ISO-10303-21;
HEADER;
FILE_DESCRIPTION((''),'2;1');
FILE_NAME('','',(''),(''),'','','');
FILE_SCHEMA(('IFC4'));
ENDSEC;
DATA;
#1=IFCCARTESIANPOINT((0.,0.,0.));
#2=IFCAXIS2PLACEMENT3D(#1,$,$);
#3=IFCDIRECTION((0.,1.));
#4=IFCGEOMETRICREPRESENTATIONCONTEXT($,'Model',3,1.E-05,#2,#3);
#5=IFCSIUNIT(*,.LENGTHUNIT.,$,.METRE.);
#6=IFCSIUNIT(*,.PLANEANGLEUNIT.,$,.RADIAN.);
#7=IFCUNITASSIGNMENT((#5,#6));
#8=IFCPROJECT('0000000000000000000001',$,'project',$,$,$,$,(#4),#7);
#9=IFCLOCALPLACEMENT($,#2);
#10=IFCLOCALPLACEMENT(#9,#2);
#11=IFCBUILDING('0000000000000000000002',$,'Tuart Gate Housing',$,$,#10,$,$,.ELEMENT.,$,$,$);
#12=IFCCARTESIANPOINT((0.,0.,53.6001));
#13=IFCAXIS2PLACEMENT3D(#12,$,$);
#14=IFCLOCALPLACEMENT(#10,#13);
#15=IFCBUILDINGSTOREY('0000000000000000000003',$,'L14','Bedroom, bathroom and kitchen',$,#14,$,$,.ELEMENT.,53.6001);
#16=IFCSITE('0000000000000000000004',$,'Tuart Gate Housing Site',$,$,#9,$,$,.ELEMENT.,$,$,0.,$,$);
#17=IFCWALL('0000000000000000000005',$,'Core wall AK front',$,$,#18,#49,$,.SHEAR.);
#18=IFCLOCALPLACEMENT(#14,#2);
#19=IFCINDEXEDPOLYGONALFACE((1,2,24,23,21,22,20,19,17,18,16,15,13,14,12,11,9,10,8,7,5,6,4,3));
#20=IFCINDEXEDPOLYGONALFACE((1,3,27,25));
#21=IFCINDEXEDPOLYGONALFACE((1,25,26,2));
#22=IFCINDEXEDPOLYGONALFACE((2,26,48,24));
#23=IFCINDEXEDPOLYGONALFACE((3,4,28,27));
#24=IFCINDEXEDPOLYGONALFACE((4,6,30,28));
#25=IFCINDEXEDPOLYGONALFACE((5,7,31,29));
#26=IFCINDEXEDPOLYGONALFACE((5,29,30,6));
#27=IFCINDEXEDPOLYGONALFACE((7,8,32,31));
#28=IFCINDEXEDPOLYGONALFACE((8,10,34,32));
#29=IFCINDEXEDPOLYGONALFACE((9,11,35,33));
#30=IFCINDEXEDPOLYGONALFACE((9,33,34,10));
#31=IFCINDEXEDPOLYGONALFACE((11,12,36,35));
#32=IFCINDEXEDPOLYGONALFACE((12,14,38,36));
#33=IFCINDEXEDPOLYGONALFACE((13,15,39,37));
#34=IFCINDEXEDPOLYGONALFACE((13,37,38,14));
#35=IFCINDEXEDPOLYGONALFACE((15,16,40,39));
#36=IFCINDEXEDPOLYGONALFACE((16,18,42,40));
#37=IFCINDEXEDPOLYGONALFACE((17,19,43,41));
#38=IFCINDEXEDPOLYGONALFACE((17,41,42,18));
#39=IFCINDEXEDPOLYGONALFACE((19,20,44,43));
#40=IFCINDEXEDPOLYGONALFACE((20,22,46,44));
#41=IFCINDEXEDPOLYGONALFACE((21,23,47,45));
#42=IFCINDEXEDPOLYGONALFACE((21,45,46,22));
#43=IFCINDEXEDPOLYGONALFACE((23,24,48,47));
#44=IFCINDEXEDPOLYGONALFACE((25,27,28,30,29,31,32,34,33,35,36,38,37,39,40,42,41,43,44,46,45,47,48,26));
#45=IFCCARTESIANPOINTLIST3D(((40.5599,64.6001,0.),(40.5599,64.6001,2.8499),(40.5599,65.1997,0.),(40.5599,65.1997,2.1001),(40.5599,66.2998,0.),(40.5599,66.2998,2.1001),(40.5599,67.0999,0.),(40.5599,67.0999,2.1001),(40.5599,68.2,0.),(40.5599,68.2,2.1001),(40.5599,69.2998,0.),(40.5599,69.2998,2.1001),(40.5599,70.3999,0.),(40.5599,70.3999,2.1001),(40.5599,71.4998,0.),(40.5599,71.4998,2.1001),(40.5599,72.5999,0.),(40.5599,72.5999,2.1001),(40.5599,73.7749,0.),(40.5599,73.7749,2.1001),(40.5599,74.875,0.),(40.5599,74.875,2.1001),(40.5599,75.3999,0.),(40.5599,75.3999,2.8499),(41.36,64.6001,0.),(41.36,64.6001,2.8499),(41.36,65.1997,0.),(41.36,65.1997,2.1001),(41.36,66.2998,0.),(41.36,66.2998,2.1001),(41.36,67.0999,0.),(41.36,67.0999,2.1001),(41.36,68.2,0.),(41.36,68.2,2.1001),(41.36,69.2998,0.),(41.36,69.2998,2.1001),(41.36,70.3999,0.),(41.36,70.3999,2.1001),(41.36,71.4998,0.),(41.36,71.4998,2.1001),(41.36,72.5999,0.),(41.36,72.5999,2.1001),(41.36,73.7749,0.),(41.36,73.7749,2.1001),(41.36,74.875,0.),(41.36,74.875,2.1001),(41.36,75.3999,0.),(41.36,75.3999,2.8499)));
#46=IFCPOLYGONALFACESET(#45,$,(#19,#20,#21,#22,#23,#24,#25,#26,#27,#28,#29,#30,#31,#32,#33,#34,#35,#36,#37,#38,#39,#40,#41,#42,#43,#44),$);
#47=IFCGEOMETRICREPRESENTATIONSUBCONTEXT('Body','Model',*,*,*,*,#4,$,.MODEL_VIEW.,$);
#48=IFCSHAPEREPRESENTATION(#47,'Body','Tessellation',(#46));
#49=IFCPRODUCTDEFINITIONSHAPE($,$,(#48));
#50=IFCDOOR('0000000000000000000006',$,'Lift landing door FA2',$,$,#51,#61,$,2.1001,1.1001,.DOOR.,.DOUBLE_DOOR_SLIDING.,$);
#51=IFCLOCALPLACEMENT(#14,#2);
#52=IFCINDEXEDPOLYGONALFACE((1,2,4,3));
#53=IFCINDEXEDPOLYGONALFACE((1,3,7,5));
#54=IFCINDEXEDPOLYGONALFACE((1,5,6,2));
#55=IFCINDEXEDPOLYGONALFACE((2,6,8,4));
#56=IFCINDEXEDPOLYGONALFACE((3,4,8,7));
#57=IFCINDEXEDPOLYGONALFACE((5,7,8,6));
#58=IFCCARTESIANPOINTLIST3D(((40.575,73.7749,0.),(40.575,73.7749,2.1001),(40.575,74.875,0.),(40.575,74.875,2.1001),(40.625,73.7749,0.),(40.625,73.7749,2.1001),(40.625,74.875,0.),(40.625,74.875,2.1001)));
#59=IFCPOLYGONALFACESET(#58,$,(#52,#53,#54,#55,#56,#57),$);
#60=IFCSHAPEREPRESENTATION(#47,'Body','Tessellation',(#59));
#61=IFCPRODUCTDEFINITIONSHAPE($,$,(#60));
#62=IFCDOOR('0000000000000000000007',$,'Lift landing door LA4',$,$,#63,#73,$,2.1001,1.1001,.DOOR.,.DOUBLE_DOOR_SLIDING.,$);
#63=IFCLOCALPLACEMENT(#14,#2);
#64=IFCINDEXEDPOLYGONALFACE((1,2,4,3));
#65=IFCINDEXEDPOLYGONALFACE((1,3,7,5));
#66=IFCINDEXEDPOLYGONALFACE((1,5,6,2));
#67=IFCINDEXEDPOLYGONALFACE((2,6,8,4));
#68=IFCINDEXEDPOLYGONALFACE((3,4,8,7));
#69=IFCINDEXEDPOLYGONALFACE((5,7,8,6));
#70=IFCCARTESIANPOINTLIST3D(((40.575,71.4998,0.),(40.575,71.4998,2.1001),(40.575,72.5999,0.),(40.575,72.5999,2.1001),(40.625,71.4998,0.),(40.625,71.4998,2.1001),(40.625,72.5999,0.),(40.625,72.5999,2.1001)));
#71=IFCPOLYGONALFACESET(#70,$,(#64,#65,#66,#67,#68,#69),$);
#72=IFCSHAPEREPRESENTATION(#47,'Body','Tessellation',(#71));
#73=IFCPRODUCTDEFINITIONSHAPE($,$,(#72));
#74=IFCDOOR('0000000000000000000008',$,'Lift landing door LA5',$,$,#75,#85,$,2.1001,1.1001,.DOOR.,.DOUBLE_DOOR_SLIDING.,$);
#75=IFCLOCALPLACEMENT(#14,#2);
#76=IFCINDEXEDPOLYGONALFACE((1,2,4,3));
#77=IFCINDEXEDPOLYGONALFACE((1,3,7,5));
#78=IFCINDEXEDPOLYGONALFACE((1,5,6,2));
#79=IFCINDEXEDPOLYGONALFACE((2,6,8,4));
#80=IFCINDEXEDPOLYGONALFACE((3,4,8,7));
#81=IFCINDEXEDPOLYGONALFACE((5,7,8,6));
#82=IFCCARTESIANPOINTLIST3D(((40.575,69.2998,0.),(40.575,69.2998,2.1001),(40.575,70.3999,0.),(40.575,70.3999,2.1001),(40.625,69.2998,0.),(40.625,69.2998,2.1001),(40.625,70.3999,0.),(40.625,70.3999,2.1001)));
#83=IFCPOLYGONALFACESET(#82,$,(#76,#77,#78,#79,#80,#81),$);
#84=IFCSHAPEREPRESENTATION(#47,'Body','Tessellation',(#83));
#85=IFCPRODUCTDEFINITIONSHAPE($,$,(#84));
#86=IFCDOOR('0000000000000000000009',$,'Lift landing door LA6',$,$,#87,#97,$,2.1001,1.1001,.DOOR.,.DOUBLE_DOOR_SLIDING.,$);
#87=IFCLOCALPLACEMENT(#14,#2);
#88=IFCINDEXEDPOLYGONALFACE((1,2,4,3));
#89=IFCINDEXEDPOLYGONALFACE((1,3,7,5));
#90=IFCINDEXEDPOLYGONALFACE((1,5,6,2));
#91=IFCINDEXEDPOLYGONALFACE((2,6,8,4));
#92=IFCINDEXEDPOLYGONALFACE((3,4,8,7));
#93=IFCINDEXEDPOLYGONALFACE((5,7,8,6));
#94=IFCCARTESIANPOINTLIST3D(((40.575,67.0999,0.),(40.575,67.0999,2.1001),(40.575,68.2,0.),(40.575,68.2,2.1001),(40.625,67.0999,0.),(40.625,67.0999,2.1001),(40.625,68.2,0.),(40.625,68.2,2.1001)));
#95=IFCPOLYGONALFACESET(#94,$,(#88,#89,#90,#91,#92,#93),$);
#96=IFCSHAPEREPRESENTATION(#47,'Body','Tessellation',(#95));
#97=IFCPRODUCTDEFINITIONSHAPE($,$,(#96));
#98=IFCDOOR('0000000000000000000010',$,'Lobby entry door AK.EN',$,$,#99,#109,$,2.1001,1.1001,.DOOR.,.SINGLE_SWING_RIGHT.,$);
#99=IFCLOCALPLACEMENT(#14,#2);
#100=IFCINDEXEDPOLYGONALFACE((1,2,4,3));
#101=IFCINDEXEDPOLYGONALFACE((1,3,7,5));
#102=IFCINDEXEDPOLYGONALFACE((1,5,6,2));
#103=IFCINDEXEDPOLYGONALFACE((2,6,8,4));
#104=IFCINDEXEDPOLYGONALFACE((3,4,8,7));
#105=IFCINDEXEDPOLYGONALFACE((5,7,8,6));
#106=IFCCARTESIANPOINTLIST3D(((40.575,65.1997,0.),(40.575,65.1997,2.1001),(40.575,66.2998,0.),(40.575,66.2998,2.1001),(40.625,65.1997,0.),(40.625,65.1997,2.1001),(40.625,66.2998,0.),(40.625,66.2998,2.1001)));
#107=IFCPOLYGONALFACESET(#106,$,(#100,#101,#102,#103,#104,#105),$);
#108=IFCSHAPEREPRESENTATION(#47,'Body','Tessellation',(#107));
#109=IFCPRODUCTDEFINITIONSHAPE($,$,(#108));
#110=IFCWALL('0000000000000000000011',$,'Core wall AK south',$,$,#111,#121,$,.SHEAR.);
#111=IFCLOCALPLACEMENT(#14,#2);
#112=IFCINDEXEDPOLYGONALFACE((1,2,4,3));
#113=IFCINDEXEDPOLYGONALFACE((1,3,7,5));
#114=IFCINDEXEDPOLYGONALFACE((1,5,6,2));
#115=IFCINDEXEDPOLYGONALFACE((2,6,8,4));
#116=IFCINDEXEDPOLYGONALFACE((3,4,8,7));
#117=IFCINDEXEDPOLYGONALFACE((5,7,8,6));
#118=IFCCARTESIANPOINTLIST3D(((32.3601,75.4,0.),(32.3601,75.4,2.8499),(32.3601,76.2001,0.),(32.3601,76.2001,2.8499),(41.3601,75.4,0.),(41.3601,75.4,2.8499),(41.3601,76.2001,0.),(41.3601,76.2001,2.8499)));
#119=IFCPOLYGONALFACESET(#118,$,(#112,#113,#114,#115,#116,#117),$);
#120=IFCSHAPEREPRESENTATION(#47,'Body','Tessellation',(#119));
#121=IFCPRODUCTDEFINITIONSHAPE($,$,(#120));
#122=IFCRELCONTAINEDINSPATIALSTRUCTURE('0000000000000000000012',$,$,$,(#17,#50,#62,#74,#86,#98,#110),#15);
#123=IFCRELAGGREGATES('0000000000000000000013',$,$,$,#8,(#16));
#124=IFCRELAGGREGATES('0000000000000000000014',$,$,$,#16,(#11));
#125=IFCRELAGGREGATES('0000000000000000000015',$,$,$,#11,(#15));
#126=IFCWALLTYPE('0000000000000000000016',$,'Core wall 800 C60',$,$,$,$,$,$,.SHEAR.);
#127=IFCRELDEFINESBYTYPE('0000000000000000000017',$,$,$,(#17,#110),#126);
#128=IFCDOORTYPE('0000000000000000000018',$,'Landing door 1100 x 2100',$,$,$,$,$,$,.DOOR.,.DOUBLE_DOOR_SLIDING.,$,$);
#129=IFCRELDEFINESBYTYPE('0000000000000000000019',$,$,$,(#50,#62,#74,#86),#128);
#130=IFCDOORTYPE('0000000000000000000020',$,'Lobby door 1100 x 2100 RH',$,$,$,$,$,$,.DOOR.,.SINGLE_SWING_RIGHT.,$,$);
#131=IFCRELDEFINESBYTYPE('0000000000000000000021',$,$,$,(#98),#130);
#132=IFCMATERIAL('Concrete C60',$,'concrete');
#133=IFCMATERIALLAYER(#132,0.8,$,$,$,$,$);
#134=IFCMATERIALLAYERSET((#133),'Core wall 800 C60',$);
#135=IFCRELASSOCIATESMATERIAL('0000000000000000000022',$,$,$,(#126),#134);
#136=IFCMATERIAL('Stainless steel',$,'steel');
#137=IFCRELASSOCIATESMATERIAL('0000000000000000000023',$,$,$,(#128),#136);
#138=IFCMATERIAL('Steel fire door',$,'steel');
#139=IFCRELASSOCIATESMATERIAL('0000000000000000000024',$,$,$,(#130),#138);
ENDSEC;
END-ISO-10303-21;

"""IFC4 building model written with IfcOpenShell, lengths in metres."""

from ifc_helpers import new_model, si_unit, direction, frame, frame_2d, origin, place, context, subcontext, project, spatial, rectangle, extrude, material, layer, layer_set, type_object, element, fill, save


model = new_model("IFC4")

# Units and contexts
model_context = context("Model", 3, precision=1e-05, world=origin(), true_north=direction((0.0, 1.0)))
body_context = subcontext(model_context, "Body", "Model", "MODEL_VIEW")
ifc_project = project(units=[si_unit("LENGTHUNIT", "METRE"), si_unit("PLANEANGLEUNIT", "RADIAN")], contexts=[model_context])

# Site, building, storey
site_placement = place(None, origin())
site = spatial("IfcSite", under=ifc_project, at=site_placement, Name="Tuart Gate Housing Site", CompositionType="ELEMENT", RefElevation=0.0)
building_placement = place(site_placement, origin())
building = spatial("IfcBuilding", under=site, at=building_placement, Name="Tuart Gate Housing", CompositionType="ELEMENT")
storey_placement = place(building_placement, frame((0.0, 0.0, 53.6001)))
storey = spatial("IfcBuildingStorey", under=building, at=storey_placement, Name="L14", Description="Bedroom, bathroom and kitchen", CompositionType="ELEMENT", Elevation=53.6001)

# Wall, openings, doors
ifc_material_1 = material(Name="Concrete C60", Category="concrete")
ifc_layer_1 = layer(ifc_material_1, 0.8)
ifc_layer_set_1 = layer_set([ifc_layer_1], Name="Core wall 800 C60")
wall_type_1 = type_object("IfcWallType", Name="Core wall 800 C60", PredefinedType="SHEAR", material=ifc_layer_set_1)
wall_1_placement = place(storey_placement, frame((40.96, 75.3999, 0.0), z_axis=(0.0, 0.0, 1.0), x_axis=(0.0, -1.0, 0.0)))
wall_1 = element("IfcWall", 1, at=wall_1_placement, inside=storey, type_object=wall_type_1, Name="Core wall AK front", PredefinedType="SHEAR", context=body_context, shape_type="SweptSolid", body=[
    extrude(rectangle(XDim=10.7998, YDim=0.8, at=frame_2d((5.3999, 0.0))), origin(), (0.0, 0.0, 1.0), 2.8499),
])
opening_1_placement = place(wall_1_placement, frame((0.5249, 0.0, 0.0)))
opening_1 = element("IfcOpeningElement", 2, at=opening_1_placement, cuts=wall_1, PredefinedType="OPENING", context=body_context, shape_type="SweptSolid", body=[
    extrude(rectangle(XDim=1.1001, YDim=2.1001, at=frame_2d((0.55, 1.05))), frame((0.0, 0.4099, 0.0), z_axis=(0.0, -1.0, 0.0), x_axis=(1.0, 0.0, 0.0)), (0.0, 0.0, 1.0), 0.8201),
])
opening_2_placement = place(wall_1_placement, frame((2.8, 0.0, 0.0)))
opening_2 = element("IfcOpeningElement", 3, at=opening_2_placement, cuts=wall_1, PredefinedType="OPENING", context=body_context, shape_type="SweptSolid", body=[
    extrude(rectangle(XDim=1.1001, YDim=2.1001, at=frame_2d((0.55, 1.05))), frame((0.0, 0.4099, 0.0), z_axis=(0.0, -1.0, 0.0), x_axis=(1.0, 0.0, 0.0)), (0.0, 0.0, 1.0), 0.8201),
])
opening_3_placement = place(wall_1_placement, frame((5.0, 0.0, 0.0)))
opening_3 = element("IfcOpeningElement", 4, at=opening_3_placement, cuts=wall_1, PredefinedType="OPENING", context=body_context, shape_type="SweptSolid", body=[
    extrude(rectangle(XDim=1.1001, YDim=2.1001, at=frame_2d((0.55, 1.05))), frame((0.0, 0.4099, 0.0), z_axis=(0.0, -1.0, 0.0), x_axis=(1.0, 0.0, 0.0)), (0.0, 0.0, 1.0), 0.8201),
])
opening_4_placement = place(wall_1_placement, frame((7.2, 0.0, 0.0)))
opening_4 = element("IfcOpeningElement", 5, at=opening_4_placement, cuts=wall_1, PredefinedType="OPENING", context=body_context, shape_type="SweptSolid", body=[
    extrude(rectangle(XDim=1.1001, YDim=2.1001, at=frame_2d((0.55, 1.05))), frame((0.0, 0.4099, 0.0), z_axis=(0.0, -1.0, 0.0), x_axis=(1.0, 0.0, 0.0)), (0.0, 0.0, 1.0), 0.8201),
])
opening_5_placement = place(wall_1_placement, frame((9.1001, 0.0, 0.0)))
opening_5 = element("IfcOpeningElement", 6, at=opening_5_placement, cuts=wall_1, PredefinedType="OPENING", context=body_context, shape_type="SweptSolid", body=[
    extrude(rectangle(XDim=1.1001, YDim=2.1001, at=frame_2d((0.55, 1.05))), frame((0.0, 0.4099, 0.0), z_axis=(0.0, -1.0, 0.0), x_axis=(1.0, 0.0, 0.0)), (0.0, 0.0, 1.0), 0.8201),
])
ifc_material_2 = material(Name="Stainless steel", Category="steel")
door_type_1 = type_object("IfcDoorType", Name="Landing door 1100 x 2100", OperationType="DOUBLE_DOOR_SLIDING", PredefinedType="DOOR", material=ifc_material_2)
door_1_placement = place(opening_1_placement, origin())
door_1 = element("IfcDoor", 7, at=door_1_placement, inside=storey, type_object=door_type_1, Name="Lift landing door FA2", OperationType="DOUBLE_DOOR_SLIDING", OverallHeight=2.1001, OverallWidth=1.1001, PredefinedType="DOOR", context=body_context, shape_type="SweptSolid", body=[
    extrude(rectangle(XDim=1.1001, YDim=2.1001, at=frame_2d((0.55, 1.05))), frame((0.0, -0.335, 0.0), z_axis=(0.0, -1.0, 0.0), x_axis=(1.0, 0.0, 0.0)), (0.0, 0.0, 1.0), 0.05),
])
fill(opening_1, door_1)
door_2_placement = place(opening_2_placement, origin())
door_2 = element("IfcDoor", 8, at=door_2_placement, inside=storey, type_object=door_type_1, Name="Lift landing door LA4", OperationType="DOUBLE_DOOR_SLIDING", OverallHeight=2.1001, OverallWidth=1.1001, PredefinedType="DOOR", context=body_context, shape_type="SweptSolid", body=[
    extrude(rectangle(XDim=1.1001, YDim=2.1001, at=frame_2d((0.55, 1.05))), frame((0.0, -0.335, 0.0), z_axis=(0.0, -1.0, 0.0), x_axis=(1.0, 0.0, 0.0)), (0.0, 0.0, 1.0), 0.05),
])
fill(opening_2, door_2)
door_3_placement = place(opening_3_placement, origin())
door_3 = element("IfcDoor", 9, at=door_3_placement, inside=storey, type_object=door_type_1, Name="Lift landing door LA5", OperationType="DOUBLE_DOOR_SLIDING", OverallHeight=2.1001, OverallWidth=1.1001, PredefinedType="DOOR", context=body_context, shape_type="SweptSolid", body=[
    extrude(rectangle(XDim=1.1001, YDim=2.1001, at=frame_2d((0.55, 1.05))), frame((0.0, -0.335, 0.0), z_axis=(0.0, -1.0, 0.0), x_axis=(1.0, 0.0, 0.0)), (0.0, 0.0, 1.0), 0.05),
])
fill(opening_3, door_3)
door_4_placement = place(opening_4_placement, origin())
door_4 = element("IfcDoor", 10, at=door_4_placement, inside=storey, type_object=door_type_1, Name="Lift landing door LA6", OperationType="DOUBLE_DOOR_SLIDING", OverallHeight=2.1001, OverallWidth=1.1001, PredefinedType="DOOR", context=body_context, shape_type="SweptSolid", body=[
    extrude(rectangle(XDim=1.1001, YDim=2.1001, at=frame_2d((0.55, 1.05))), frame((0.0, -0.335, 0.0), z_axis=(0.0, -1.0, 0.0), x_axis=(1.0, 0.0, 0.0)), (0.0, 0.0, 1.0), 0.05),
])
fill(opening_4, door_4)
ifc_material_3 = material(Name="Steel fire door", Category="steel")
door_type_2 = type_object("IfcDoorType", Name="Lobby door 1100 x 2100 RH", OperationType="SINGLE_SWING_RIGHT", PredefinedType="DOOR", material=ifc_material_3)
door_5_placement = place(opening_5_placement, frame((1.1001, 0.0, 0.0), z_axis=(0.0, 0.0, 1.0), x_axis=(-1.0, 0.0, 0.0)))
door_5 = element("IfcDoor", 11, at=door_5_placement, inside=storey, type_object=door_type_2, Name="Lobby entry door AK.EN", OperationType="SINGLE_SWING_RIGHT", OverallHeight=2.1001, OverallWidth=1.1001, PredefinedType="DOOR", context=body_context, shape_type="SweptSolid", body=[
    extrude(rectangle(XDim=1.1001, YDim=2.1001, at=frame_2d((0.55, 1.05))), frame((0.0, 0.385, 0.0), z_axis=(0.0, -1.0, 0.0), x_axis=(1.0, 0.0, 0.0)), (0.0, 0.0, 1.0), 0.05),
])
fill(opening_5, door_5)

# Wall
wall_2_placement = place(storey_placement, frame((41.3601, 75.8, 0.0), z_axis=(0.0, 0.0, 1.0), x_axis=(-1.0, 0.0, 0.0)))
element("IfcWall", 12, at=wall_2_placement, inside=storey, type_object=wall_type_1, Name="Core wall AK south", PredefinedType="SHEAR", context=body_context, shape_type="SweptSolid", body=[
    extrude(rectangle(XDim=9.0, YDim=0.8, at=frame_2d((4.5, 0.0))), origin(), (0.0, 0.0, 1.0), 2.8499),
])

save(model, "model.ifc")
